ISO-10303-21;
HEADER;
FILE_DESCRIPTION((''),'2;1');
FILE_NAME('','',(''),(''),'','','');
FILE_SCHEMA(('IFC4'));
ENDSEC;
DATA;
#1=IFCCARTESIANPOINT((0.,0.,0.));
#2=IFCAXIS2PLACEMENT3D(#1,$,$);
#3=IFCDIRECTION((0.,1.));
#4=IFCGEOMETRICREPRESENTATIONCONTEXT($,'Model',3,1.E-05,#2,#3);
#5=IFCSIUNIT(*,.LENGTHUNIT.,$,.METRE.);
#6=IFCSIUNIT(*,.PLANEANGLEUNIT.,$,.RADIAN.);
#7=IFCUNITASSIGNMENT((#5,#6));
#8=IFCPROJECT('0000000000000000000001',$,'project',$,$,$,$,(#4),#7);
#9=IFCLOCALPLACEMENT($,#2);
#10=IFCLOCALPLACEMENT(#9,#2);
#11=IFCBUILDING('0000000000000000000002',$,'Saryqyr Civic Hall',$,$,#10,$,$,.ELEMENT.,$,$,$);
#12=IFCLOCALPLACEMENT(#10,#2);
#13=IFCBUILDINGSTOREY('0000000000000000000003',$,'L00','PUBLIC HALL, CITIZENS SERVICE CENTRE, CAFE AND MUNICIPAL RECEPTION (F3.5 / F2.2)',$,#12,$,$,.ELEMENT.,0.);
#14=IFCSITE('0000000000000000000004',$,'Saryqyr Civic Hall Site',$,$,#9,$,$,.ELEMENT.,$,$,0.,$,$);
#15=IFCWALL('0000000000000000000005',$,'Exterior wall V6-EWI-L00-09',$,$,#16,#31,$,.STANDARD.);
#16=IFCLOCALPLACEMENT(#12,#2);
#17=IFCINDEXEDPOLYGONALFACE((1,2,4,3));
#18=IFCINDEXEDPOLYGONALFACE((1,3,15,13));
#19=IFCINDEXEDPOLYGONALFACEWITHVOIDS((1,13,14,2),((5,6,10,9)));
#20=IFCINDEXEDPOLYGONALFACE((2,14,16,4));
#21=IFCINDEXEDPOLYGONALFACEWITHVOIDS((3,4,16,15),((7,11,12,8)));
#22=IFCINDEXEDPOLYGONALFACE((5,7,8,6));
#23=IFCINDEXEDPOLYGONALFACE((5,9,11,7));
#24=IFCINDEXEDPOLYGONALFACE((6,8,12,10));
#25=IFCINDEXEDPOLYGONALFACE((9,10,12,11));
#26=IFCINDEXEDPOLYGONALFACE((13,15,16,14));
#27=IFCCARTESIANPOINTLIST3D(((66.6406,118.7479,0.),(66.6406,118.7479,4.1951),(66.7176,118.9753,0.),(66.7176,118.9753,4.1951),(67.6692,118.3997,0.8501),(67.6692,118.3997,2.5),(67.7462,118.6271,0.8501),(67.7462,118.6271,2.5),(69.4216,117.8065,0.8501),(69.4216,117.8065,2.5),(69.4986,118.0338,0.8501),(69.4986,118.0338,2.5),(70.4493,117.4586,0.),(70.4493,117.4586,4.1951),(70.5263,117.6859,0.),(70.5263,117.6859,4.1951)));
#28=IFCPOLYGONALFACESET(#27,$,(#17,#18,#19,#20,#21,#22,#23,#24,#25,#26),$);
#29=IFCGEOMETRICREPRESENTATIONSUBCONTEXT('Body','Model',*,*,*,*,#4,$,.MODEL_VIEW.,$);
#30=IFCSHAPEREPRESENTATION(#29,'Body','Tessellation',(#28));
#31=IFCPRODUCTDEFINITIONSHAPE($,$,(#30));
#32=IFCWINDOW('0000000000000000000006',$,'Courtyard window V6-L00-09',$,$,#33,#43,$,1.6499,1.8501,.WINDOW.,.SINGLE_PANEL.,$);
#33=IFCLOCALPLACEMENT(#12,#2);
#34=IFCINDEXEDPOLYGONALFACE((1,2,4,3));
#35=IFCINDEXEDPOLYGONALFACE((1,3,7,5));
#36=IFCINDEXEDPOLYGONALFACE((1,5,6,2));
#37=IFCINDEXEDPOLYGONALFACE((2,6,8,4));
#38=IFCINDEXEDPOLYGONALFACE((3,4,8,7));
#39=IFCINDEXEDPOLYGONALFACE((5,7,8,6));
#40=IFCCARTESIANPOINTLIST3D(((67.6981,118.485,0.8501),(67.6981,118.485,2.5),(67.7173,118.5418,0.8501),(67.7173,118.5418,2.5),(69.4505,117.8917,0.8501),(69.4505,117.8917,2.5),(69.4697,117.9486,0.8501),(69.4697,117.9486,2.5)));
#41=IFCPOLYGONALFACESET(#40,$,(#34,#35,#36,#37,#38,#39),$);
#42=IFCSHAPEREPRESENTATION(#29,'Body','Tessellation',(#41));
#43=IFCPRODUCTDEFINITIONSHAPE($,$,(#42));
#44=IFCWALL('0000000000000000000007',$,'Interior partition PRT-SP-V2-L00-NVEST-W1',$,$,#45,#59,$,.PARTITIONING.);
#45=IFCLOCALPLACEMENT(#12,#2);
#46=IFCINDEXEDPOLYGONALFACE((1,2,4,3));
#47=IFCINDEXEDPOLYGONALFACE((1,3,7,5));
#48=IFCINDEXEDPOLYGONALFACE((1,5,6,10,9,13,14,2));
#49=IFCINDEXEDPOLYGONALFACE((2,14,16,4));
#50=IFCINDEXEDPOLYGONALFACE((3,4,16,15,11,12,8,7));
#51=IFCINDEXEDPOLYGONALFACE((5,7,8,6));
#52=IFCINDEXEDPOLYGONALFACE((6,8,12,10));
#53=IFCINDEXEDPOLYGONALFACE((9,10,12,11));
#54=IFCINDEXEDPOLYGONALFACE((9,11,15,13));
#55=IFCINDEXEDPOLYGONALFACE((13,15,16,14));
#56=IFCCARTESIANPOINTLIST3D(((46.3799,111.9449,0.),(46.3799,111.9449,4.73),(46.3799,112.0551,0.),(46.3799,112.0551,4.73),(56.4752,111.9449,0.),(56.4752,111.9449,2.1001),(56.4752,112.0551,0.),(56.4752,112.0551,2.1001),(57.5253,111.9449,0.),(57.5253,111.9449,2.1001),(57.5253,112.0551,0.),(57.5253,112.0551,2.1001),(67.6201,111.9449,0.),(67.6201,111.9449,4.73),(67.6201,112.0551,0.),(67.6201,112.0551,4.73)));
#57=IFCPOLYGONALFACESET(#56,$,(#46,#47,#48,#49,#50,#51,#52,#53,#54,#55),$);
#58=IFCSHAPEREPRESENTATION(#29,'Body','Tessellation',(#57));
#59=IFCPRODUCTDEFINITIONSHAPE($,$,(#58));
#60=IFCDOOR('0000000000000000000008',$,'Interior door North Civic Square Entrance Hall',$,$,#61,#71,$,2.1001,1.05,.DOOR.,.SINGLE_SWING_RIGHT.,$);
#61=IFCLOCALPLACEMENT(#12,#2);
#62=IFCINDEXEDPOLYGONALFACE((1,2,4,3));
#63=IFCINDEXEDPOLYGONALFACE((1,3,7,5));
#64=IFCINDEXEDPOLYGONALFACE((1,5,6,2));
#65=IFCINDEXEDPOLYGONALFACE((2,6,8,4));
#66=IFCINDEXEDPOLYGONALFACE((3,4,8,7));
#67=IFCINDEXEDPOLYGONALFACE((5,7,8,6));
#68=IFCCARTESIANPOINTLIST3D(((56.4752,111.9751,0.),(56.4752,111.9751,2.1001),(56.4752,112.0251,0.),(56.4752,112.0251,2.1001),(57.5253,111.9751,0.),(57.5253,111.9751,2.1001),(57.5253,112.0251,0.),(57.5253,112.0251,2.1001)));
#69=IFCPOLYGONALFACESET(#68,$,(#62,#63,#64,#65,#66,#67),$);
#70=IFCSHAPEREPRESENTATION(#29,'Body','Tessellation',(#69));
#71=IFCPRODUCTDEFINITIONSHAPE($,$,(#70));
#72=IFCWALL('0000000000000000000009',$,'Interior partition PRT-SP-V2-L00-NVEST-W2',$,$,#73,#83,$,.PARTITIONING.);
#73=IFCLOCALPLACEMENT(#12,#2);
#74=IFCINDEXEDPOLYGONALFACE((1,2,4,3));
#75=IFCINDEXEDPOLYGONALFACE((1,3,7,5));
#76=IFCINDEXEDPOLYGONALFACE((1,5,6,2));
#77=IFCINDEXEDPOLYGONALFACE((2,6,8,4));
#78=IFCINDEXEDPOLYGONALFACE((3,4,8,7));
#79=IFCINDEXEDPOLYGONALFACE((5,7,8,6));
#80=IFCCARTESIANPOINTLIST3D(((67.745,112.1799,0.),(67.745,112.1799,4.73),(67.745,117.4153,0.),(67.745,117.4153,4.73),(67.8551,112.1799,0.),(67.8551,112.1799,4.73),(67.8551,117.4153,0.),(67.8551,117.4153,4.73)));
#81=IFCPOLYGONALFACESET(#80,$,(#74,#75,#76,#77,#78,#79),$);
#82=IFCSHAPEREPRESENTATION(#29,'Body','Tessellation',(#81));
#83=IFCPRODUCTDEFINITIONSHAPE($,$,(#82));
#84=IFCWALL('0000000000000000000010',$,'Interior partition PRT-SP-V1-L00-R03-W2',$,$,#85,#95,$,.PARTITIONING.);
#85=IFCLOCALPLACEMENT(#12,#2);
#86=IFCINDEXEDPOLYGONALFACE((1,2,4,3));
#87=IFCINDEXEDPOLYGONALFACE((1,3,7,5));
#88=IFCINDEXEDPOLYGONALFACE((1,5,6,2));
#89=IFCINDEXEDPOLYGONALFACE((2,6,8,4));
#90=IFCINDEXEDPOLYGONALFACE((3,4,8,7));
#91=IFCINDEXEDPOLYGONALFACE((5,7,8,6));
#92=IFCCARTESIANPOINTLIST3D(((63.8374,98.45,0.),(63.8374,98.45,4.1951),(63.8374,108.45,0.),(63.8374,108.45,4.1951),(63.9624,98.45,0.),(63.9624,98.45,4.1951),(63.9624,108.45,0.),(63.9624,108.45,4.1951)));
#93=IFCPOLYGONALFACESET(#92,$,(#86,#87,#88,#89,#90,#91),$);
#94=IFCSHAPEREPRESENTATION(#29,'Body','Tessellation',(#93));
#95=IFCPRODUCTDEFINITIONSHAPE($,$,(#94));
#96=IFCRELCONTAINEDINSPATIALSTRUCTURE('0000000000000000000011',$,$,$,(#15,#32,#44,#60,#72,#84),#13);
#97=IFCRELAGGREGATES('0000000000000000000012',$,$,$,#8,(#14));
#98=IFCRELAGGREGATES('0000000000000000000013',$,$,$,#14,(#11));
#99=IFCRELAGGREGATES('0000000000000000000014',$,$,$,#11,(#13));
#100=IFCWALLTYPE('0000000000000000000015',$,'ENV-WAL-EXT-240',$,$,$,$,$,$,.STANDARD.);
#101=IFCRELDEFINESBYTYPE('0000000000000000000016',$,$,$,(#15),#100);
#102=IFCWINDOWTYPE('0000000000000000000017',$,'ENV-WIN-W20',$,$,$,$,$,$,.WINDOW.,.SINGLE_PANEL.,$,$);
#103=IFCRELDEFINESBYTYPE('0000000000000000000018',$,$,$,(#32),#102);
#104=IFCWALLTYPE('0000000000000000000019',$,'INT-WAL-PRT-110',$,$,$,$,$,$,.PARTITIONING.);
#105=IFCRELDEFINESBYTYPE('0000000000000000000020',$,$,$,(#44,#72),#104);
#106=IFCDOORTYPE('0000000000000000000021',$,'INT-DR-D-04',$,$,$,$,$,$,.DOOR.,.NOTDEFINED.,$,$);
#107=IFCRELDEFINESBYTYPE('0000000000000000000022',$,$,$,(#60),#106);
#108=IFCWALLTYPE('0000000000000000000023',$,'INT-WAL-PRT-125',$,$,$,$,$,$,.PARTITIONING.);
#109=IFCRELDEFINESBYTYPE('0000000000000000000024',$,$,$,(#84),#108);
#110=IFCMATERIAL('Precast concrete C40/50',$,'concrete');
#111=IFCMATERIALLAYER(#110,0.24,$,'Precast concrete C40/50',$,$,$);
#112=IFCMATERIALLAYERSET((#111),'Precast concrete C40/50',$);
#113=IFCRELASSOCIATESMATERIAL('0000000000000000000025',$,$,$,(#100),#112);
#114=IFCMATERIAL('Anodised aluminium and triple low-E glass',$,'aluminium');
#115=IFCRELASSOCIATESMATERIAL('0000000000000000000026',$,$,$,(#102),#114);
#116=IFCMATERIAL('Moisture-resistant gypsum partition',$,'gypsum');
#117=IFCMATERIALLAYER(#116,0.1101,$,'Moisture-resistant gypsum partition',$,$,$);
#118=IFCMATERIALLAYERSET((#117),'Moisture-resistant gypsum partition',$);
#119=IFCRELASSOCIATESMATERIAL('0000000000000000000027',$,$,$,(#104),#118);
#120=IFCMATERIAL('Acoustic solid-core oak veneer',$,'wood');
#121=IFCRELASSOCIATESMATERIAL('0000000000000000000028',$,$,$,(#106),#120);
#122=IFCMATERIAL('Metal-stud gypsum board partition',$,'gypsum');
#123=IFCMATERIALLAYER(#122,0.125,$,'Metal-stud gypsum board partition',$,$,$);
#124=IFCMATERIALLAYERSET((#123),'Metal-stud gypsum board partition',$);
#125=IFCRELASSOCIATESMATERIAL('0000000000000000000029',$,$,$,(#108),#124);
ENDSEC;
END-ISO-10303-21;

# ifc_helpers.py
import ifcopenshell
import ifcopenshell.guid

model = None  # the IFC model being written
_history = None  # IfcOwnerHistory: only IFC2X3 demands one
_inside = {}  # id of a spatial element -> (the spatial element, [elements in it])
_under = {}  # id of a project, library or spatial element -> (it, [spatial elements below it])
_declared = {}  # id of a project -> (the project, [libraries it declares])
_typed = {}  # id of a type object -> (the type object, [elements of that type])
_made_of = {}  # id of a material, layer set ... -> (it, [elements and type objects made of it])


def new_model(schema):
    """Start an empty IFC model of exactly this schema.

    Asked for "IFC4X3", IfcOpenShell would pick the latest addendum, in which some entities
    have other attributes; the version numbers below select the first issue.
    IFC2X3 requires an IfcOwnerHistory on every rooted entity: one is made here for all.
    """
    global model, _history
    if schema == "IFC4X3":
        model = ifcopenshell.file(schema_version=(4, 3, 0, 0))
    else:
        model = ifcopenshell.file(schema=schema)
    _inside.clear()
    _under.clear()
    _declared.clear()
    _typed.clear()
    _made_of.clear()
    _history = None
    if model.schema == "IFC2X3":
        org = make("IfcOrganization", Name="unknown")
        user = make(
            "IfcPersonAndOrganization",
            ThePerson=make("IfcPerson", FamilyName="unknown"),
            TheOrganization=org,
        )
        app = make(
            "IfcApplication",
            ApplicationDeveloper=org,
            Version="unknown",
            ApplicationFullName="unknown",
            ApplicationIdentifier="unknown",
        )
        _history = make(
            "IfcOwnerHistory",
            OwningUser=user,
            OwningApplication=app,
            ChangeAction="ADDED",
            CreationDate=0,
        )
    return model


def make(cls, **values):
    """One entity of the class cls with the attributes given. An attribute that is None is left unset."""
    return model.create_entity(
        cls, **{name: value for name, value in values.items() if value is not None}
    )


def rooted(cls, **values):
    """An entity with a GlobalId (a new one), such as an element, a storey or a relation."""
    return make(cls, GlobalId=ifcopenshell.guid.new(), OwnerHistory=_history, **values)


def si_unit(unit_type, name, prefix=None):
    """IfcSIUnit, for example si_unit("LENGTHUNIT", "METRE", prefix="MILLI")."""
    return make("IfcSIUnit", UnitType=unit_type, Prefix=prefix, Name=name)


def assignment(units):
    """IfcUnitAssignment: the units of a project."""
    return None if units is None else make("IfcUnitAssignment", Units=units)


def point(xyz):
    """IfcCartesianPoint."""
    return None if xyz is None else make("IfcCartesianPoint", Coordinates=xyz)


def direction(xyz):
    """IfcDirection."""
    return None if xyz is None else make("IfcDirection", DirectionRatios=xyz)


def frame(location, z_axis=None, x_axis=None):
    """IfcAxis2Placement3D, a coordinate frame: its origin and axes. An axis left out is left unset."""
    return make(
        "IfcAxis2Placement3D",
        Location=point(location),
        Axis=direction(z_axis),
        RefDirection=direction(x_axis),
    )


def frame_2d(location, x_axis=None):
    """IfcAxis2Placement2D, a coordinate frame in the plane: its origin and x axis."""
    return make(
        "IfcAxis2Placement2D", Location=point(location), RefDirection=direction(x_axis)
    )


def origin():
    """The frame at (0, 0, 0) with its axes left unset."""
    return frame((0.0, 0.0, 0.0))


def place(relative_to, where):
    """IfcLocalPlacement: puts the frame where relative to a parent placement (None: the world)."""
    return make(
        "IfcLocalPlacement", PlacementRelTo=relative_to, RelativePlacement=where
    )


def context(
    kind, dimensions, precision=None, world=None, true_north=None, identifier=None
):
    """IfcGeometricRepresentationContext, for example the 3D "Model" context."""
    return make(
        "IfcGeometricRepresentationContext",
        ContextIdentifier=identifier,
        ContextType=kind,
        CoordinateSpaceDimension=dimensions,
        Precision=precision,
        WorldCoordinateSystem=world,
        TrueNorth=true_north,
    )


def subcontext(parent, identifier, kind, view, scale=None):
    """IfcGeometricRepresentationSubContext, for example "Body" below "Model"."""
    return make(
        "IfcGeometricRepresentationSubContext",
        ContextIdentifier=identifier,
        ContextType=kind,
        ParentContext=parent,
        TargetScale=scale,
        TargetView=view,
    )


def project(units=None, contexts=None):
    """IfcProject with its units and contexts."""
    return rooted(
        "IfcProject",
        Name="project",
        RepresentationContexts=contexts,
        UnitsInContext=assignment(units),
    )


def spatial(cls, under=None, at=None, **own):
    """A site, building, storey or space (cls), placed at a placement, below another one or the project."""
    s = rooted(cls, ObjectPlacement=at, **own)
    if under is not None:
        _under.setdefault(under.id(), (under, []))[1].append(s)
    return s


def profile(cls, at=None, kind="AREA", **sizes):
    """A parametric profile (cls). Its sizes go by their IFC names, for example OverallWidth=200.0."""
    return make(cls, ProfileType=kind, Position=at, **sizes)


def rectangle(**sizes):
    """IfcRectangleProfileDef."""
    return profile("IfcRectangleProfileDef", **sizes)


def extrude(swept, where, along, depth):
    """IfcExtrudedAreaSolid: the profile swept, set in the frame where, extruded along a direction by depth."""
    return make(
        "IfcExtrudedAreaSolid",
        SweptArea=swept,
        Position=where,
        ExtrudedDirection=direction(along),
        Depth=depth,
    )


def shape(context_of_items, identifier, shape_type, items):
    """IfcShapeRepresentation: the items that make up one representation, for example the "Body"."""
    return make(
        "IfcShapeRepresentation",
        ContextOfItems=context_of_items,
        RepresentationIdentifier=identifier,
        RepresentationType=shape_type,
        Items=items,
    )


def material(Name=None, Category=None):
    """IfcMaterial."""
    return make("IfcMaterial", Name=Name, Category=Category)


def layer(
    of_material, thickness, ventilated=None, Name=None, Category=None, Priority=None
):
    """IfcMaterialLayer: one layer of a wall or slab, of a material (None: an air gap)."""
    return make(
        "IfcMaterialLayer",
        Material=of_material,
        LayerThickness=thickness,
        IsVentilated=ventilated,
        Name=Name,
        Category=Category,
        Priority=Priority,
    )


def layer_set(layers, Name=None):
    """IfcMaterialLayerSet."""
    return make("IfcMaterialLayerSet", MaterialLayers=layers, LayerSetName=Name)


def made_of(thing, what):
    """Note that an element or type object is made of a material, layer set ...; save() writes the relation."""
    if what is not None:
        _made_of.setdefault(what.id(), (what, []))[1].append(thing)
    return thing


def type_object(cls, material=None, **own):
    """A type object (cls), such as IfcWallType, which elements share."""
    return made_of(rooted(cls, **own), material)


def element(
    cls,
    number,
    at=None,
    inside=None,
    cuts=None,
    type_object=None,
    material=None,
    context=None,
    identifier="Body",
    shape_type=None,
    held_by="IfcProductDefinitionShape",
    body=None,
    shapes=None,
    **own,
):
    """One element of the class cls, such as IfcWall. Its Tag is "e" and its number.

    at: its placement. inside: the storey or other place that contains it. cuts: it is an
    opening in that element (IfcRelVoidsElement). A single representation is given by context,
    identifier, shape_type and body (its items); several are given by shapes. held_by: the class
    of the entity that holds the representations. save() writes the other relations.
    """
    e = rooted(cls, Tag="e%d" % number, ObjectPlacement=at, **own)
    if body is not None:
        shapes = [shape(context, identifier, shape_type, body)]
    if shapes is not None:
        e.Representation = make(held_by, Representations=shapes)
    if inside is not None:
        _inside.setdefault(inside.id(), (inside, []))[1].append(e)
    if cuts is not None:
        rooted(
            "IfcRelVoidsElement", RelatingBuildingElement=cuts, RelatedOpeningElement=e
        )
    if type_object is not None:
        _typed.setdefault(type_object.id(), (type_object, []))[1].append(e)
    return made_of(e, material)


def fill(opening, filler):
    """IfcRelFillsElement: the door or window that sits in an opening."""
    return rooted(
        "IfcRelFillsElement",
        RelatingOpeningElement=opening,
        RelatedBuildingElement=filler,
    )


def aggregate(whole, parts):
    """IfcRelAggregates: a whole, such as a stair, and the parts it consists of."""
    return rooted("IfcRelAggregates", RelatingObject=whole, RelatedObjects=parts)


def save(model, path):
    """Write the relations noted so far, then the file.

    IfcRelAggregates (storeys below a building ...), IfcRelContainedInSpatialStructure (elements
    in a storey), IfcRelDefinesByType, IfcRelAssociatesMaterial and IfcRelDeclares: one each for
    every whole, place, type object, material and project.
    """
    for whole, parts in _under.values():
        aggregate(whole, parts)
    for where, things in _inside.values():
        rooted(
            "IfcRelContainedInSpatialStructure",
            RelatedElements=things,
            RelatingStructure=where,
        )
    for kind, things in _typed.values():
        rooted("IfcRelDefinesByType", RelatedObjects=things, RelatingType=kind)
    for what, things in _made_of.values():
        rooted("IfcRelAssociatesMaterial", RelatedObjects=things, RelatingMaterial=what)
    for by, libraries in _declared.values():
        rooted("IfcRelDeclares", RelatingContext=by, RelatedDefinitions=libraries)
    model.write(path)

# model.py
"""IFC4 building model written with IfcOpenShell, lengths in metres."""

from ifc_helpers import new_model, si_unit, direction, frame, frame_2d, origin, place, context, subcontext, project, spatial, rectangle, extrude, material, layer, layer_set, type_object, element, fill, save


model = new_model("IFC4")

# Units and contexts
model_context = context("Model", 3, precision=1e-05, world=origin(), true_north=direction((0.0, 1.0)))
body_context = subcontext(model_context, "Body", "Model", "MODEL_VIEW")
ifc_project = project(units=[si_unit("LENGTHUNIT", "METRE"), si_unit("PLANEANGLEUNIT", "RADIAN")], contexts=[model_context])

# Site, building, storey
site_placement = place(None, origin())
site = spatial("IfcSite", under=ifc_project, at=site_placement, Name="Saryqyr Civic Hall Site", CompositionType="ELEMENT", RefElevation=0.0)
building_placement = place(site_placement, origin())
building = spatial("IfcBuilding", under=site, at=building_placement, Name="Saryqyr Civic Hall", CompositionType="ELEMENT")
storey_placement = place(building_placement, origin())
storey = spatial("IfcBuildingStorey", under=building, at=storey_placement, Name="L00", Description="PUBLIC HALL, CITIZENS SERVICE CENTRE, CAFE AND MUNICIPAL RECEPTION (F3.5 / F2.2)", CompositionType="ELEMENT", Elevation=0.0)

# Shared definitions
ifc_material_1 = material(Name="Anodised aluminium and triple low-E glass", Category="aluminium")

# Wall, opening, window
ifc_material_2 = material(Name="Precast concrete C40/50", Category="concrete")
ifc_layer_1 = layer(ifc_material_2, 0.24, Name="Precast concrete C40/50")
ifc_layer_set_1 = layer_set([ifc_layer_1], Name="Precast concrete C40/50")
wall_type_1 = type_object("IfcWallType", Name="ENV-WAL-EXT-240", PredefinedType="STANDARD", material=ifc_layer_set_1)
wall_1_placement = place(storey_placement, frame((70.4878, 117.5723, 0.0), z_axis=(0.0, 0.0, 1.0), x_axis=(-0.947198, 0.320651, 0.0)))
wall_1 = element("IfcWall", 1, at=wall_1_placement, inside=storey, type_object=wall_type_1, Name="Exterior wall V6-EWI-L00-09", PredefinedType="STANDARD", context=body_context, shape_type="SweptSolid", body=[
    extrude(rectangle(XDim=4.021, YDim=0.24, at=frame_2d((2.0105, 0.0))), origin(), (0.0, 0.0, 1.0), 4.1951),
])
opening_1_placement = place(wall_1_placement, frame((1.085, 0.0, 0.8501)))
opening_1 = element("IfcOpeningElement", 2, at=opening_1_placement, cuts=wall_1, PredefinedType="OPENING", context=body_context, shape_type="SweptSolid", body=[
    extrude(rectangle(XDim=1.8501, YDim=1.6499, at=frame_2d((0.925, 0.825))), frame((0.0, 0.1299, 0.0), z_axis=(0.0, -1.0, 0.0), x_axis=(1.0, 0.0, 0.0)), (0.0, 0.0, 1.0), 0.26),
])
window_type = type_object("IfcWindowType", Name="ENV-WIN-W20", PartitioningType="SINGLE_PANEL", PredefinedType="WINDOW", material=ifc_material_1)
window_placement = place(opening_1_placement, origin())
window = element("IfcWindow", 3, at=window_placement, inside=storey, type_object=window_type, Name="Courtyard window V6-L00-09", OverallHeight=1.6499, OverallWidth=1.8501, PartitioningType="SINGLE_PANEL", PredefinedType="WINDOW", context=body_context, shape_type="SweptSolid", body=[
    extrude(rectangle(XDim=1.8501, YDim=1.6499, at=frame_2d((0.925, 0.825))), frame((0.0, 0.03, 0.0), z_axis=(0.0, -1.0, 0.0), x_axis=(1.0, 0.0, 0.0)), (0.0, 0.0, 1.0), 0.0601),
])
fill(opening_1, window)

# Wall, opening, door
ifc_material_3 = material(Name="Moisture-resistant gypsum partition", Category="gypsum")
ifc_layer_2 = layer(ifc_material_3, 0.1101, Name="Moisture-resistant gypsum partition")
ifc_layer_set_2 = layer_set([ifc_layer_2], Name="Moisture-resistant gypsum partition")
wall_type_2 = type_object("IfcWallType", Name="INT-WAL-PRT-110", PredefinedType="PARTITIONING", material=ifc_layer_set_2)
wall_2_placement = place(storey_placement, frame((67.6201, 112.0, 0.0), z_axis=(0.0, 0.0, 1.0), x_axis=(-1.0, 0.0, 0.0)))
wall_2 = element("IfcWall", 4, at=wall_2_placement, inside=storey, type_object=wall_type_2, Name="Interior partition PRT-SP-V2-L00-NVEST-W1", PredefinedType="PARTITIONING", context=body_context, shape_type="SweptSolid", body=[
    extrude(rectangle(XDim=21.2402, YDim=0.1101, at=frame_2d((10.6201, 0.0))), origin(), (0.0, 0.0, 1.0), 4.73),
])
opening_2_placement = place(wall_2_placement, frame((10.095, 0.0, 0.0)))
opening_2 = element("IfcOpeningElement", 5, at=opening_2_placement, cuts=wall_2, PredefinedType="OPENING", context=body_context, shape_type="SweptSolid", body=[
    extrude(rectangle(XDim=1.05, YDim=2.1001, at=frame_2d((0.5249, 1.05))), frame((0.0, 0.0649, 0.0), z_axis=(0.0, -1.0, 0.0), x_axis=(1.0, 0.0, 0.0)), (0.0, 0.0, 1.0), 0.1301),
])
ifc_material_4 = material(Name="Acoustic solid-core oak veneer", Category="wood")
door_type = type_object("IfcDoorType", Name="INT-DR-D-04", OperationType="NOTDEFINED", PredefinedType="DOOR", material=ifc_material_4)
door_placement = place(opening_2_placement, origin())
door = element("IfcDoor", 6, at=door_placement, inside=storey, type_object=door_type, Name="Interior door North Civic Square Entrance Hall", OperationType="SINGLE_SWING_RIGHT", OverallHeight=2.1001, OverallWidth=1.05, PredefinedType="DOOR", context=body_context, shape_type="SweptSolid", body=[
    extrude(rectangle(XDim=1.05, YDim=2.1001, at=frame_2d((0.5249, 1.05))), frame((0.0, 0.0249, 0.0), z_axis=(0.0, -1.0, 0.0), x_axis=(1.0, 0.0, 0.0)), (0.0, 0.0, 1.0), 0.05),
])
fill(opening_2, door)

# Walls
wall_3_placement = place(storey_placement, frame((67.8, 117.4153, 0.0), z_axis=(0.0, 0.0, 1.0), x_axis=(0.0, -1.0, 0.0)))
element("IfcWall", 7, at=wall_3_placement, inside=storey, type_object=wall_type_2, Name="Interior partition PRT-SP-V2-L00-NVEST-W2", PredefinedType="PARTITIONING", context=body_context, shape_type="SweptSolid", body=[
    extrude(rectangle(XDim=5.2354, YDim=0.1101, at=frame_2d((2.6177, 0.0))), origin(), (0.0, 0.0, 1.0), 4.73),
])
ifc_material_5 = material(Name="Metal-stud gypsum board partition", Category="gypsum")
ifc_layer_3 = layer(ifc_material_5, 0.125, Name="Metal-stud gypsum board partition")
ifc_layer_set_3 = layer_set([ifc_layer_3], Name="Metal-stud gypsum board partition")
wall_type_3 = type_object("IfcWallType", Name="INT-WAL-PRT-125", PredefinedType="PARTITIONING", material=ifc_layer_set_3)
wall_4_placement = place(storey_placement, frame((63.8999, 108.45, 0.0), z_axis=(0.0, 0.0, 1.0), x_axis=(0.0, -1.0, 0.0)))
element("IfcWall", 8, at=wall_4_placement, inside=storey, type_object=wall_type_3, Name="Interior partition PRT-SP-V1-L00-R03-W2", PredefinedType="PARTITIONING", context=body_context, shape_type="SweptSolid", body=[
    extrude(rectangle(XDim=10.0, YDim=0.125, at=frame_2d((5.0, 0.0))), origin(), (0.0, 0.0, 1.0), 4.1951),
])

save(model, "model.ifc")
